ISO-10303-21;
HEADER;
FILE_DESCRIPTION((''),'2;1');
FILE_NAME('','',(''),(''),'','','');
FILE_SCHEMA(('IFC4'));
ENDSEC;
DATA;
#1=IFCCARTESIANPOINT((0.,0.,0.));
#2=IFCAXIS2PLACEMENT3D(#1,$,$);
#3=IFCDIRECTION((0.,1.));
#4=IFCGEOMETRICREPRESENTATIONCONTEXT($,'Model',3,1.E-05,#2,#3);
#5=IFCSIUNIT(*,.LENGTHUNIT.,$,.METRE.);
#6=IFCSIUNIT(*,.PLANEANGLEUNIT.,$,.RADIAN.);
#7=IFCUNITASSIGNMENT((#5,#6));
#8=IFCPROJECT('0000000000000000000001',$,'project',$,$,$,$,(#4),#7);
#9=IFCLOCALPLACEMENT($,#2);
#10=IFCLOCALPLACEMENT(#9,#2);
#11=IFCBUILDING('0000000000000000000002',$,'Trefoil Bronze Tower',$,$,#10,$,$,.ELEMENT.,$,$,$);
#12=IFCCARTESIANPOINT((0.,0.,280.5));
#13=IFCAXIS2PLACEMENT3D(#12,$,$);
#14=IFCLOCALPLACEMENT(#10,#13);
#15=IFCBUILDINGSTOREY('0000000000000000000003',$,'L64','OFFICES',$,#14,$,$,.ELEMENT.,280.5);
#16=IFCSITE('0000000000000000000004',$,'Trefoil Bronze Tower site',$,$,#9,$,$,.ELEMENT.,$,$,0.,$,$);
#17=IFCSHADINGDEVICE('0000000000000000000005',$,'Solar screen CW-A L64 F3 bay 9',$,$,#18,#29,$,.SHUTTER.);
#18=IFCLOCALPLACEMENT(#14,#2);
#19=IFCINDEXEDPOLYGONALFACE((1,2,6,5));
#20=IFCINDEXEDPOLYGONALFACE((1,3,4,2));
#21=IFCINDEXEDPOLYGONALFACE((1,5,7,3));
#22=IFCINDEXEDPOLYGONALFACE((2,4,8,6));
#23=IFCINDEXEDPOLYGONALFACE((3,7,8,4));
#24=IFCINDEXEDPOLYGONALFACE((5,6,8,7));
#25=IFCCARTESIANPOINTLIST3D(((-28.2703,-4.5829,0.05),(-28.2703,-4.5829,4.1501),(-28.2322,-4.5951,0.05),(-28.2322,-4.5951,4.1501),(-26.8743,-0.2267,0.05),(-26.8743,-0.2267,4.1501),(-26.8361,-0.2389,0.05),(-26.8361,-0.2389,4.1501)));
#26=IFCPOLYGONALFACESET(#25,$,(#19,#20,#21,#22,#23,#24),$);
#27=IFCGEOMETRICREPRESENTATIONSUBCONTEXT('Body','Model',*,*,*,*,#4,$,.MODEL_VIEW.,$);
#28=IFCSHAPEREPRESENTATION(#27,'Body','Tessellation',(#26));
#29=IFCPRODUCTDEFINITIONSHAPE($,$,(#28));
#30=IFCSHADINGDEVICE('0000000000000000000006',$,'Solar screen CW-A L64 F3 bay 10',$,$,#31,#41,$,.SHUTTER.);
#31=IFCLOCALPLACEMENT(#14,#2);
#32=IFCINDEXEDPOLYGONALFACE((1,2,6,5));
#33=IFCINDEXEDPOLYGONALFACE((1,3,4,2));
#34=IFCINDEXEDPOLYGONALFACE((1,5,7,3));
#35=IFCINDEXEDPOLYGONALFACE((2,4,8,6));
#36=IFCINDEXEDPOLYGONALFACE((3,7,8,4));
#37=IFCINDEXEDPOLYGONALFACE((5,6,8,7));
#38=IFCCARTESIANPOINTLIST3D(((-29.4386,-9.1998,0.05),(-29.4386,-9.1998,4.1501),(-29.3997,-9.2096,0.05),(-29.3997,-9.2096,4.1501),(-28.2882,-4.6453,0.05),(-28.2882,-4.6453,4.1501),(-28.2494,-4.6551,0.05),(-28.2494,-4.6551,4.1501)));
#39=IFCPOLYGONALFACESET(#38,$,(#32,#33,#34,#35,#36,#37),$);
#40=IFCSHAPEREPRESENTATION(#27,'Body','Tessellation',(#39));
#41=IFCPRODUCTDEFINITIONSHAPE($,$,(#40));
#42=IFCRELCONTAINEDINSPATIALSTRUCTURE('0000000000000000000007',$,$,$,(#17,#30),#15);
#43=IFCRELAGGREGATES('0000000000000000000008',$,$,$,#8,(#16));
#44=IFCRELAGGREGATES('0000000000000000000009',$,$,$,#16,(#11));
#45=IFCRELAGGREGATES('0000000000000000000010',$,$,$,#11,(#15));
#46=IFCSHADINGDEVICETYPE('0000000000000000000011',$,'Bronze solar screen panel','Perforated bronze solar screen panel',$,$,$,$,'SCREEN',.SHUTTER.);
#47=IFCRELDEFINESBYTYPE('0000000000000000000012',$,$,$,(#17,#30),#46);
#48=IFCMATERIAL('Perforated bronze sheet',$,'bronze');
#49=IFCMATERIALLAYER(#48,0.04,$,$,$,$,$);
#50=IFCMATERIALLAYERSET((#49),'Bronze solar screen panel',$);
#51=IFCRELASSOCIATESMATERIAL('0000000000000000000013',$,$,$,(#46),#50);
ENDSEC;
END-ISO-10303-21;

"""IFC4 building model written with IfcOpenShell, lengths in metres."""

from ifc_helpers import new_model, si_unit, direction, frame, origin, origin_2d, place, context, subcontext, project, spatial, rectangle, extrude, material, layer, layer_set, type_object, element, save


model = new_model("IFC4")

# Units and contexts
model_context = context("Model", 3, precision=1e-05, world=origin(), true_north=direction((0.0, 1.0)))
body_context = subcontext(model_context, "Body", "Model", "MODEL_VIEW")
ifc_project = project(units=[si_unit("LENGTHUNIT", "METRE"), si_unit("PLANEANGLEUNIT", "RADIAN")], contexts=[model_context])

# Site, building, storey
site_placement = place(None, origin())
site = spatial("IfcSite", under=ifc_project, at=site_placement, Name="Trefoil Bronze Tower site", CompositionType="ELEMENT", RefElevation=0.0)
building_placement = place(site_placement, origin())
building = spatial("IfcBuilding", under=site, at=building_placement, Name="Trefoil Bronze Tower", CompositionType="ELEMENT")
storey_placement = place(building_placement, frame((0.0, 0.0, 280.5)))
storey = spatial("IfcBuildingStorey", under=building, at=storey_placement, Name="L64", Description="OFFICES", CompositionType="ELEMENT", Elevation=280.5)

# Shading devices
ifc_material_1 = material(Name="Perforated bronze sheet", Category="bronze")
ifc_layer_1 = layer(ifc_material_1, 0.04)
ifc_layer_set_1 = layer_set([ifc_layer_1], Name="Bronze solar screen panel")
shading_device_type = type_object("IfcShadingDeviceType", Name="Bronze solar screen panel", Description="Perforated bronze solar screen panel", ElementType="SCREEN", PredefinedType="SHUTTER", material=ifc_layer_set_1)
shading_device_1_placement = place(storey_placement, frame((-27.5532, -2.4109, 0.05), z_axis=(0.0, 0.0, 1.0), x_axis=(-0.305188, -0.952292, 0.0)))
element("IfcShadingDevice", 1, at=shading_device_1_placement, inside=storey, type_object=shading_device_type, Name="Solar screen CW-A L64 F3 bay 9", PredefinedType="SHUTTER", context=body_context, shape_type="SweptSolid", body=[
    extrude(rectangle(XDim=4.5745, YDim=0.04, at=origin_2d()), origin(), (0.0, 0.0, 1.0), 4.1001),
])
shading_device_2_placement = place(storey_placement, frame((-28.844, -6.9275, 0.05), z_axis=(0.0, 0.0, 1.0), x_axis=(-0.24488, -0.969554, 0.0)))
element("IfcShadingDevice", 2, at=shading_device_2_placement, inside=storey, type_object=shading_device_type, Name="Solar screen CW-A L64 F3 bay 10", PredefinedType="SHUTTER", context=body_context, shape_type="SweptSolid", body=[
    extrude(rectangle(XDim=4.6975, YDim=0.04, at=origin_2d()), origin(), (0.0, 0.0, 1.0), 4.1001),
])

save(model, "model.ifc")
